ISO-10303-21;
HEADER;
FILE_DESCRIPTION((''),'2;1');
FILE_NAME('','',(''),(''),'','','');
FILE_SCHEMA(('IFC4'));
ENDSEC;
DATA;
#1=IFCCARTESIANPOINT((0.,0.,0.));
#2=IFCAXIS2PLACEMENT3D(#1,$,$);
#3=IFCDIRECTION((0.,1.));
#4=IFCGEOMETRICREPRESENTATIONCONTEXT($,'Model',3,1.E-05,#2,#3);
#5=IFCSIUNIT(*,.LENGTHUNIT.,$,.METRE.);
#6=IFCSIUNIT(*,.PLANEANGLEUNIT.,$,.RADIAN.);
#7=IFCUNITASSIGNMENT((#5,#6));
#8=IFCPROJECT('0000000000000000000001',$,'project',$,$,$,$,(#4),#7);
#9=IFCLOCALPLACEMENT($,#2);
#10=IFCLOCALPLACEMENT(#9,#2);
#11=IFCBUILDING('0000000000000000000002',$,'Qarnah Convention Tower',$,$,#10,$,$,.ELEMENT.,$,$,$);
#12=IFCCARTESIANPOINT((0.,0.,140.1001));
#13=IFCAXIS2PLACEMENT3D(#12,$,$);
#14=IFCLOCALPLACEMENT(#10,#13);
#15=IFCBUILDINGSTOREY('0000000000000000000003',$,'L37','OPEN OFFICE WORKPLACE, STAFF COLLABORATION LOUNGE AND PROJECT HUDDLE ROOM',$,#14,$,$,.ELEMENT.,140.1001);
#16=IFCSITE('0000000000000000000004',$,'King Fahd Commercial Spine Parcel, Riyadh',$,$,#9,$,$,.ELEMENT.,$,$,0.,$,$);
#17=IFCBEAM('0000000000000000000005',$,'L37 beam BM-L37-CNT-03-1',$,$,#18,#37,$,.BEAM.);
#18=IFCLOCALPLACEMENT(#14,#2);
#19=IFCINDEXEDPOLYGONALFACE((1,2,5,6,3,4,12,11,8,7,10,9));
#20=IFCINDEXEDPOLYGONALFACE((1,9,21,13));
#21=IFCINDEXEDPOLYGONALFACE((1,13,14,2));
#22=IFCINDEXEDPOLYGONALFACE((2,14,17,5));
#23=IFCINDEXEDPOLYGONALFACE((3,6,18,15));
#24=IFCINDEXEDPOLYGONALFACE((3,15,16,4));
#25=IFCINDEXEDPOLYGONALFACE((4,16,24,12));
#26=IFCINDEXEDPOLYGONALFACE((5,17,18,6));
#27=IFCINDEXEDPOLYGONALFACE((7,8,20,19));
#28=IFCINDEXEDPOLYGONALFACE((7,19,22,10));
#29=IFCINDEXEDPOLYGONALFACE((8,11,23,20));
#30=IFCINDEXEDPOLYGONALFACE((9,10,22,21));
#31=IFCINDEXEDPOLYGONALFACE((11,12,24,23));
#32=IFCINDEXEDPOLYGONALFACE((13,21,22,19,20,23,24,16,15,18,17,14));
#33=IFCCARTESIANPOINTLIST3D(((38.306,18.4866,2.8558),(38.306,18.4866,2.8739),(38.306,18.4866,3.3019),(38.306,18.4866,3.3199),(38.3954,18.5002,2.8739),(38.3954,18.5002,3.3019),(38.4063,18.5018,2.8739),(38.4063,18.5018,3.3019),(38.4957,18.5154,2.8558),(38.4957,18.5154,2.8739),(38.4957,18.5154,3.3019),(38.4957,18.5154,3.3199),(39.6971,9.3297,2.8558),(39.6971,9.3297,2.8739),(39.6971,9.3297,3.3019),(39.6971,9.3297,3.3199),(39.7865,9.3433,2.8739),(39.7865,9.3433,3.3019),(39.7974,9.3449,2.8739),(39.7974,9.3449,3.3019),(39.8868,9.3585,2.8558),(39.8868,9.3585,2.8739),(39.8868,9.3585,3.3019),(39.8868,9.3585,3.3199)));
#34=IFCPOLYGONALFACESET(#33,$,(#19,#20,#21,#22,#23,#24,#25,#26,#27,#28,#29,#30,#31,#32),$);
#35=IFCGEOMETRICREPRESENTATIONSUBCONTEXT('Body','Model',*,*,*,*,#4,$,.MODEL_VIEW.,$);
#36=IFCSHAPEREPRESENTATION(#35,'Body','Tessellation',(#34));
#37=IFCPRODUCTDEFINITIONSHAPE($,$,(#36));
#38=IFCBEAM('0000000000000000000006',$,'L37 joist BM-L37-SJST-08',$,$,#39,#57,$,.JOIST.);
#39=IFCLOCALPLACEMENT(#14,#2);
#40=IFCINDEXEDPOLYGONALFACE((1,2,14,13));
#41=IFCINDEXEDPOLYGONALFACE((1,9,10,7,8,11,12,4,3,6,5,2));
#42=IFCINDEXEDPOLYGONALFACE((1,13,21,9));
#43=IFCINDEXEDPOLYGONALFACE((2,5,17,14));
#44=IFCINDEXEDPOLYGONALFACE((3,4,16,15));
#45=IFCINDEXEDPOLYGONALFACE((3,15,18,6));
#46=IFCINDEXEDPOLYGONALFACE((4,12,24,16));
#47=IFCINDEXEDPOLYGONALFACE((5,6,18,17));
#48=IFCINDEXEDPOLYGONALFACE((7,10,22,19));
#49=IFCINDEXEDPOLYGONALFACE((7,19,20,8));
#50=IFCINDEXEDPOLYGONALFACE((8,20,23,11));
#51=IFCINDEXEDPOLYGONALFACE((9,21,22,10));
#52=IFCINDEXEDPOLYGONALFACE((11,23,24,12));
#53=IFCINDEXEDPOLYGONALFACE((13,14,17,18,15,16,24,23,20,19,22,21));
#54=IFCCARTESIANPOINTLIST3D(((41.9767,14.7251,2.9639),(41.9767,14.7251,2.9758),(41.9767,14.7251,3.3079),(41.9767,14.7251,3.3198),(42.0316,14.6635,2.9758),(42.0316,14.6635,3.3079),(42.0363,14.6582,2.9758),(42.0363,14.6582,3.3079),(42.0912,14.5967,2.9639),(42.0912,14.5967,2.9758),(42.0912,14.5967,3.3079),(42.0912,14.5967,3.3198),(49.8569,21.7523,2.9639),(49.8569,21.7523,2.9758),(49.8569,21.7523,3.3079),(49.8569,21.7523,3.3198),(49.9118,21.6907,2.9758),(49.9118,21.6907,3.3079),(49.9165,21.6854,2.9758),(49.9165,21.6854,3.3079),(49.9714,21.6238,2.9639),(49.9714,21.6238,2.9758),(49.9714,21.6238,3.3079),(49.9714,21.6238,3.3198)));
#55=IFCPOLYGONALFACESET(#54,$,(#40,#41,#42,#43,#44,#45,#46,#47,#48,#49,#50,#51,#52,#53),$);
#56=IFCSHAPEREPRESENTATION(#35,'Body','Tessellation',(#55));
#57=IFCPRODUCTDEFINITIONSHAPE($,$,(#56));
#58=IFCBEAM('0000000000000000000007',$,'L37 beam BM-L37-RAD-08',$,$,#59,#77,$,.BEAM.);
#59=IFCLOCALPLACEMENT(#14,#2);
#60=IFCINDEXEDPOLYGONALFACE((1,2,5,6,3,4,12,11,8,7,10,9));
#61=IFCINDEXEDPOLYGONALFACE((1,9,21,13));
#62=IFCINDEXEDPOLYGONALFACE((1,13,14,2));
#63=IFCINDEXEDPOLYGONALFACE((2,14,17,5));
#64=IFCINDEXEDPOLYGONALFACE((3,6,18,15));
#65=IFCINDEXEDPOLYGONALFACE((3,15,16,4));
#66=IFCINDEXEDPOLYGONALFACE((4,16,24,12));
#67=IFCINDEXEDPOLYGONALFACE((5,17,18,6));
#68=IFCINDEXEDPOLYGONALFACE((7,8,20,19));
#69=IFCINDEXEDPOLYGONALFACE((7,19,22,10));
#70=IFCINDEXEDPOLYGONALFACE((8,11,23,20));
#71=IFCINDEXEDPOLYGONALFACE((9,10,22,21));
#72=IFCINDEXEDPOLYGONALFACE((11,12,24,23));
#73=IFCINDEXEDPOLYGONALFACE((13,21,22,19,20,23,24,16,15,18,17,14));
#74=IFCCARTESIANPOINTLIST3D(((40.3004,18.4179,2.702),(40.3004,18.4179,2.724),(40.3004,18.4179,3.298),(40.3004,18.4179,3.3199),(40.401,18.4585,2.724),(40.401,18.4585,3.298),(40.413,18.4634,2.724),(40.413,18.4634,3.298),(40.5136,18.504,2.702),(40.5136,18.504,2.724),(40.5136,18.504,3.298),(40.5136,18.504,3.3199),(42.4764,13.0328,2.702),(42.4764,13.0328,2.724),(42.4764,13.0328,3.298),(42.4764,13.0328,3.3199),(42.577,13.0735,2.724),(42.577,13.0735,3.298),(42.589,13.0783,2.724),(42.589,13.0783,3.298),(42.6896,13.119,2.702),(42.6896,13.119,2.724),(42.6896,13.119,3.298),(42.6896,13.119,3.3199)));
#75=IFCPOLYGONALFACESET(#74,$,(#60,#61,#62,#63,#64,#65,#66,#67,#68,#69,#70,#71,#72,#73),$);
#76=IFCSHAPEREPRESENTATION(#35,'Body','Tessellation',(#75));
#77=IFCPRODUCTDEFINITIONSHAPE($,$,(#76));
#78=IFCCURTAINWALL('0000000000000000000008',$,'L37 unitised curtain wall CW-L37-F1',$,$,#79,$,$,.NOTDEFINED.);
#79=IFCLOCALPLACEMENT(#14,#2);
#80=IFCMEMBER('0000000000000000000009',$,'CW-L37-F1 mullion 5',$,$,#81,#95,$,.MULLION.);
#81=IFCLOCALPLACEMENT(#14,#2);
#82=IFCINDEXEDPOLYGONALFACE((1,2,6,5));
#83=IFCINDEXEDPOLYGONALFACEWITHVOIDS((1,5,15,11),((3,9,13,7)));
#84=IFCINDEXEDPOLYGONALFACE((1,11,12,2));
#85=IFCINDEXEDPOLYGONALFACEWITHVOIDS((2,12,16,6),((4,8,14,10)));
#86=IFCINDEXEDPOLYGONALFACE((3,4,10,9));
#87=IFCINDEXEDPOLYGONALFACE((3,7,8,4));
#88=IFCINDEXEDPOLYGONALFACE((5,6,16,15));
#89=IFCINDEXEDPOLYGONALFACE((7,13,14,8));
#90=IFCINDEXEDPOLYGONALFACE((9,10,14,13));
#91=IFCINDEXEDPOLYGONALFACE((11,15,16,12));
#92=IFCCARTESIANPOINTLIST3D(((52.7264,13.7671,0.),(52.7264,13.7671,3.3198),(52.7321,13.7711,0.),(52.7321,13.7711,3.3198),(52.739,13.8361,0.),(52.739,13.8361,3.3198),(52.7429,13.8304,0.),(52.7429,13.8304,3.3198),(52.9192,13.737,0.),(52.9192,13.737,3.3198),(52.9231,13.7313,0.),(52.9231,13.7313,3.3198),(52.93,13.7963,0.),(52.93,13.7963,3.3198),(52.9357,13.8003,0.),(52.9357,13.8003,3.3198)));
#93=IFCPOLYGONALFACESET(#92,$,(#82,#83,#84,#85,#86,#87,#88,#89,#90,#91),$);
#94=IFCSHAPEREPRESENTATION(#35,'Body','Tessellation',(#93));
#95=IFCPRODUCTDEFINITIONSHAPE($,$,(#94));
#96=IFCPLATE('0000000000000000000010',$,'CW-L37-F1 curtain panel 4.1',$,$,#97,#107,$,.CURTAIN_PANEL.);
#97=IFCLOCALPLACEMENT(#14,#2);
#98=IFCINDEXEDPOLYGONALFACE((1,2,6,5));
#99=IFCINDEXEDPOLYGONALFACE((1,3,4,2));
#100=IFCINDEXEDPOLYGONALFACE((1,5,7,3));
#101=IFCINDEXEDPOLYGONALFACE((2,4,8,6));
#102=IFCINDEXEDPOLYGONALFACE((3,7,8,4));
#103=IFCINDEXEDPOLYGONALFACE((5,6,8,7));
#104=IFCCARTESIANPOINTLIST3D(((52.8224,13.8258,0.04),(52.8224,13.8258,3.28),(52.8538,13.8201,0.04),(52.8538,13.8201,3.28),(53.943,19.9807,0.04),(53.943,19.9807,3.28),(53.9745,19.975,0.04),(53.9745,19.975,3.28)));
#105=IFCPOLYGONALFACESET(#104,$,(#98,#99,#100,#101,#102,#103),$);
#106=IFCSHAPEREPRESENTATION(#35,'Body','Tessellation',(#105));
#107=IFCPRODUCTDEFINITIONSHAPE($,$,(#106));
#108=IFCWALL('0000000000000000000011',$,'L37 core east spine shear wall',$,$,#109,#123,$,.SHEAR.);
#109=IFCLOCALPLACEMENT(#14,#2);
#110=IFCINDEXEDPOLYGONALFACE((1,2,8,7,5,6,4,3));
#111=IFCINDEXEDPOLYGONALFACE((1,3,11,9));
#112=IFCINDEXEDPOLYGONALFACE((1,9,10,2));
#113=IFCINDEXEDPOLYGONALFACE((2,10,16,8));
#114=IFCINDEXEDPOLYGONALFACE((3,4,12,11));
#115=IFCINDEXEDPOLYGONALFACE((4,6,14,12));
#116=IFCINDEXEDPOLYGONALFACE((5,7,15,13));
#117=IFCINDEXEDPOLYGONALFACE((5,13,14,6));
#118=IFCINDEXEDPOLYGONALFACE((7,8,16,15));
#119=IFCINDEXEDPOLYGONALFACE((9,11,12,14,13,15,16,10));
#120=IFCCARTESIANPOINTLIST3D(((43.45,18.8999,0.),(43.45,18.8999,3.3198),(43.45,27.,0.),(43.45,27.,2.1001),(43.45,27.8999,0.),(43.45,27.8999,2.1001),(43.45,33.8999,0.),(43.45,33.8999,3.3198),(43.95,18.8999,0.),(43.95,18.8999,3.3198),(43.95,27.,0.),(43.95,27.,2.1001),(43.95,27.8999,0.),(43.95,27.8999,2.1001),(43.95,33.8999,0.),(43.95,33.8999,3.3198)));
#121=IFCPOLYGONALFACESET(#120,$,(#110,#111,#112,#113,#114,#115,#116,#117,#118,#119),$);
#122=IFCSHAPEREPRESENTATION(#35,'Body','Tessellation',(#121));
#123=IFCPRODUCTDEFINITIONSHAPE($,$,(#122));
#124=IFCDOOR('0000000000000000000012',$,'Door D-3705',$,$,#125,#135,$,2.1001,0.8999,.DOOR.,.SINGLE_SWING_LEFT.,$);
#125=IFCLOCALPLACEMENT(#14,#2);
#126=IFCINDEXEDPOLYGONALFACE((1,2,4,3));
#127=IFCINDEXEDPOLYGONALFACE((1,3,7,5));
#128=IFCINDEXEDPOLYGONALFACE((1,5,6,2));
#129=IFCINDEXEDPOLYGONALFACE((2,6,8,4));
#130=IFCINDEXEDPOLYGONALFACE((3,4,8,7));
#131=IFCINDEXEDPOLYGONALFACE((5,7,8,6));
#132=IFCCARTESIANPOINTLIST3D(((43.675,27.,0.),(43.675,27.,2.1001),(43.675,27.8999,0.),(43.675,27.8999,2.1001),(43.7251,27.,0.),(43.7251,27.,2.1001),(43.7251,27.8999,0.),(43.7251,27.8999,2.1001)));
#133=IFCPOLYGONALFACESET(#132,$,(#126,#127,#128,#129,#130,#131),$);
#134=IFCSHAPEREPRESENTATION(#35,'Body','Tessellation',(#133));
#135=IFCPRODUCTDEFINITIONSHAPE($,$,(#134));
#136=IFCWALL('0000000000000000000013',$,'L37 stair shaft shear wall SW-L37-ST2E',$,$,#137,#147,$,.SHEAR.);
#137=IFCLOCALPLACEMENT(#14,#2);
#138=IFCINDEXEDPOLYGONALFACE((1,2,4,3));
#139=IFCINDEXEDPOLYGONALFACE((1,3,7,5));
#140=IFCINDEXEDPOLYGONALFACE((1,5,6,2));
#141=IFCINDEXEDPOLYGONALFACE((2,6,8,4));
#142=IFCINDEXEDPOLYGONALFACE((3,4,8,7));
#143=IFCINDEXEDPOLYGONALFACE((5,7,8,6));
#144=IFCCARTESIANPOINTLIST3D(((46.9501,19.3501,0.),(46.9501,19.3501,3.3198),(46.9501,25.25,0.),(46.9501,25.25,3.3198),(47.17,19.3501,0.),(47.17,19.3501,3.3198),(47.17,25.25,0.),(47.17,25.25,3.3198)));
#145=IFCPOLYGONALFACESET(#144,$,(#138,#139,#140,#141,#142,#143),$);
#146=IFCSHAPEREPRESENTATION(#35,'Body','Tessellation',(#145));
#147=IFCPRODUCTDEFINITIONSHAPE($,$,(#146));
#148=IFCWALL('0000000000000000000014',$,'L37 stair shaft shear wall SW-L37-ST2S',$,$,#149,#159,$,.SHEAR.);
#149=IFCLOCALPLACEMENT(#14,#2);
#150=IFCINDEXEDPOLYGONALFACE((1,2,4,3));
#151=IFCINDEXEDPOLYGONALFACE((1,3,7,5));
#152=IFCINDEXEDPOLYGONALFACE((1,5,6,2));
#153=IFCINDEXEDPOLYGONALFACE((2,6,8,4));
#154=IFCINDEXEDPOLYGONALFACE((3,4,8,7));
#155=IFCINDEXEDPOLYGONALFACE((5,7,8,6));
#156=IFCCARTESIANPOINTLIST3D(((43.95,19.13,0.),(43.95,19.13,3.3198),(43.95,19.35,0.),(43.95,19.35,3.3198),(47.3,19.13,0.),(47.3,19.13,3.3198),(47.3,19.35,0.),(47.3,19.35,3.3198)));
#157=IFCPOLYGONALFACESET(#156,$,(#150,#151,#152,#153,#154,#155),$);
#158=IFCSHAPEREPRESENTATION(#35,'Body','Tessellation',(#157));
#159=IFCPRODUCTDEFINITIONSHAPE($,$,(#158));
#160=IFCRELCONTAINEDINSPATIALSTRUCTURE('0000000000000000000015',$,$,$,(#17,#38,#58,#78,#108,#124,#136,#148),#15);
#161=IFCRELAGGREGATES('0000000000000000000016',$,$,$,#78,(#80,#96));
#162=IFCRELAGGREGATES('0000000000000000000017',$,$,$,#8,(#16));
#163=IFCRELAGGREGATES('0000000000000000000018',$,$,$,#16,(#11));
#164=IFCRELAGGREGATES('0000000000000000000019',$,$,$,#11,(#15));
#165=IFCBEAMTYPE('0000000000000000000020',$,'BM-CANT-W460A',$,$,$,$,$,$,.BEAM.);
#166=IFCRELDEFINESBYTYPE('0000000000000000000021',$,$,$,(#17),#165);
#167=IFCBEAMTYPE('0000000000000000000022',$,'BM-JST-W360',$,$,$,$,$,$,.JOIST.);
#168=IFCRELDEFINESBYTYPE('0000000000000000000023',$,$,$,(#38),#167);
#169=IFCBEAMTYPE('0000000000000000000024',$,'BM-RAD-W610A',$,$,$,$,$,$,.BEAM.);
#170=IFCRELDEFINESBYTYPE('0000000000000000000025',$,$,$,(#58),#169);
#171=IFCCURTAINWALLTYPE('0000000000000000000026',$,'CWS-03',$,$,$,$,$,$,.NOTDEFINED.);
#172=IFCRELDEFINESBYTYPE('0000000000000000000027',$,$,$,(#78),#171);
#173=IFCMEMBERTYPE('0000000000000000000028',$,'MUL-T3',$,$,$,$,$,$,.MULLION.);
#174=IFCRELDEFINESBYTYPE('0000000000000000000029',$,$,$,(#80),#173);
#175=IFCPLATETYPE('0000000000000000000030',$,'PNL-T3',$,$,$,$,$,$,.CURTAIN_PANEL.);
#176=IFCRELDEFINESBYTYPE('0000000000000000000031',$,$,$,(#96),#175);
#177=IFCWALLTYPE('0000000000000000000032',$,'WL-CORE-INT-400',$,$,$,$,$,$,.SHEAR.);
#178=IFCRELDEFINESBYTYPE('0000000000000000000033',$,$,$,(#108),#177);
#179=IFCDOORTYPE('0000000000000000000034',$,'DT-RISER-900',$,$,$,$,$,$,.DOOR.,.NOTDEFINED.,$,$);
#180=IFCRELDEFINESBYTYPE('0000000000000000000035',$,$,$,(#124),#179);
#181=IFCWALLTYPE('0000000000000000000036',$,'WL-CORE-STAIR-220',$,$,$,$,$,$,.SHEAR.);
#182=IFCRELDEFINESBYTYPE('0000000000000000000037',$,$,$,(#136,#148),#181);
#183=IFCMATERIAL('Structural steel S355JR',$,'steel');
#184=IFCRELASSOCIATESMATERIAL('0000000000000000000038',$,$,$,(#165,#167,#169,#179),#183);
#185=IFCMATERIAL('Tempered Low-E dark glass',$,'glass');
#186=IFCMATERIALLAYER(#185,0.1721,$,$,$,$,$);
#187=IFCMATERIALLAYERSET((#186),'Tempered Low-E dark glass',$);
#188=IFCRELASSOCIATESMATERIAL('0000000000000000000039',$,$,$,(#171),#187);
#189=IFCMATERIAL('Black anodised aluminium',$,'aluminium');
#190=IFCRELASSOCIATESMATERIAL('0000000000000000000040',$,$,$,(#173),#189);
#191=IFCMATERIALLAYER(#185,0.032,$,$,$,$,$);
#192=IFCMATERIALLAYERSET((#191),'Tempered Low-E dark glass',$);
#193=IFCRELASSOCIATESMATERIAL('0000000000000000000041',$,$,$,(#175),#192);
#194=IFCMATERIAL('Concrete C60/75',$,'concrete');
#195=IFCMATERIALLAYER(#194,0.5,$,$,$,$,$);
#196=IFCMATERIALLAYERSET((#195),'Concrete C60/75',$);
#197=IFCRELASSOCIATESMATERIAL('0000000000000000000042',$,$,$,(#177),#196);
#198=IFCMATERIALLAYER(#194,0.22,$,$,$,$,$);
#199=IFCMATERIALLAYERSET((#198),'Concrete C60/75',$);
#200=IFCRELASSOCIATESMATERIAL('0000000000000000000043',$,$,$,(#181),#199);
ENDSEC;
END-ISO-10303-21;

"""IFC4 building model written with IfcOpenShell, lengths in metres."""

from ifc_helpers import new_model, si_unit, direction, frame, frame_2d, origin, origin_2d, place, context, subcontext, project, spatial, rectangle, hollow_rectangle, i_section, extrude, material, layer, layer_set, material_profile, profile_set, type_object, element, fill, aggregate, save


model = new_model("IFC4")

# Units and contexts
model_context = context("Model", 3, precision=1e-05, world=origin(), true_north=direction((0.0, 1.0)))
body_context = subcontext(model_context, "Body", "Model", "MODEL_VIEW")
ifc_project = project(units=[si_unit("LENGTHUNIT", "METRE"), si_unit("PLANEANGLEUNIT", "RADIAN")], contexts=[model_context])

# Site, building, storey
site_placement = place(None, origin())
site = spatial("IfcSite", under=ifc_project, at=site_placement, Name="King Fahd Commercial Spine Parcel, Riyadh", CompositionType="ELEMENT", RefElevation=0.0)
building_placement = place(site_placement, origin())
building = spatial("IfcBuilding", under=site, at=building_placement, Name="Qarnah Convention Tower", CompositionType="ELEMENT")
storey_placement = place(building_placement, frame((0.0, 0.0, 140.1001)))
storey = spatial("IfcBuildingStorey", under=building, at=storey_placement, Name="L37", Description="OPEN OFFICE WORKPLACE, STAFF COLLABORATION LOUNGE AND PROJECT HUDDLE ROOM", CompositionType="ELEMENT", Elevation=140.1001)

# Beams
ifc_material_1 = material(Name="Structural steel S355JR", Category="steel")
ifc_material_profile_1 = material_profile(ifc_material_1, i_section(OverallWidth=0.1919, OverallDepth=0.4641, WebThickness=0.011, FlangeThickness=0.0181, at=origin_2d()), Name="W460X89")
ifc_profile_set_1 = profile_set([ifc_material_profile_1], Name="Structural steel S355JR")
beam_type_1 = type_object("IfcBeamType", Name="BM-CANT-W460A", PredefinedType="BEAM", material=ifc_profile_set_1)
beam_1_placement = place(storey_placement, frame((38.4009, 18.501, 3.0879), z_axis=(0.150195, -0.988656, 0.0), x_axis=(0.988656, 0.150195, 0.0)))
element("IfcBeam", 1, at=beam_1_placement, inside=storey, type_object=beam_type_1, Name="L37 beam BM-L37-CNT-03-1", PredefinedType="BEAM", context=body_context, shape_type="SweptSolid", body=[
    extrude(i_section(OverallWidth=0.1919, OverallDepth=0.4641, WebThickness=0.011, FlangeThickness=0.0181, at=origin_2d()), origin(), (0.0, 0.0, 1.0), 9.262),
])
ifc_material_profile_2 = material_profile(ifc_material_1, i_section(OverallWidth=0.1721, OverallDepth=0.356, WebThickness=0.0071, FlangeThickness=0.012, at=origin_2d()), Name="W360X51")
ifc_profile_set_2 = profile_set([ifc_material_profile_2], Name="Structural steel S355JR")
beam_type_2 = type_object("IfcBeamType", Name="BM-JST-W360", PredefinedType="JOIST", material=ifc_profile_set_2)
beam_2_placement = place(storey_placement, frame((42.0339, 14.6609, 3.1418), z_axis=(0.746348, 0.665556, 0.0), x_axis=(-0.665556, 0.746348, 0.0)))
element("IfcBeam", 2, at=beam_2_placement, inside=storey, type_object=beam_type_2, Name="L37 joist BM-L37-SJST-08", PredefinedType="JOIST", context=body_context, shape_type="SweptSolid", body=[
    extrude(i_section(OverallWidth=0.1721, OverallDepth=0.356, WebThickness=0.0071, FlangeThickness=0.012, at=origin_2d()), origin(), (0.0, 0.0, 1.0), 10.5583),
])
ifc_material_profile_3 = material_profile(ifc_material_1, i_section(OverallWidth=0.23, OverallDepth=0.6179, WebThickness=0.0129, FlangeThickness=0.022, at=origin_2d()), Name="W610X140")
ifc_profile_set_3 = profile_set([ifc_material_profile_3], Name="Structural steel S355JR")
beam_type_3 = type_object("IfcBeamType", Name="BM-RAD-W610A", PredefinedType="BEAM", material=ifc_profile_set_3)
beam_3_placement = place(storey_placement, frame((40.407, 18.4609, 3.011), z_axis=(0.374657, -0.927164, 0.0), x_axis=(0.927164, 0.374657, 0.0)))
element("IfcBeam", 3, at=beam_3_placement, inside=storey, type_object=beam_type_3, Name="L37 beam BM-L37-RAD-08", PredefinedType="BEAM", context=body_context, shape_type="SweptSolid", body=[
    extrude(i_section(OverallWidth=0.23, OverallDepth=0.6179, WebThickness=0.0129, FlangeThickness=0.022, at=origin_2d()), origin(), (0.0, 0.0, 1.0), 5.8081),
])

# Curtain wall, member, plate
ifc_material_2 = material(Name="Tempered Low-E dark glass", Category="glass")
ifc_layer_1 = layer(ifc_material_2, 0.1721)
ifc_layer_set_1 = layer_set([ifc_layer_1], Name="Tempered Low-E dark glass")
curtain_wall_type = type_object("IfcCurtainWallType", Name="CWS-03", PredefinedType="NOTDEFINED", material=ifc_layer_set_1)
curtain_wall_placement = place(storey_placement, origin())
curtain_wall = element("IfcCurtainWall", 4, at=curtain_wall_placement, inside=storey, type_object=curtain_wall_type, Name="L37 unitised curtain wall CW-L37-F1", PredefinedType="NOTDEFINED")
ifc_material_3 = material(Name="Black anodised aluminium", Category="aluminium")
ifc_material_profile_4 = material_profile(ifc_material_3, hollow_rectangle(XDim=0.0701, YDim=0.2, WallThickness=0.0049, at=origin_2d()), Name="MUL-70X200")
ifc_profile_set_4 = profile_set([ifc_material_profile_4], Name="Black anodised aluminium")
member_type = type_object("IfcMemberType", Name="MUL-T3", PredefinedType="MULLION", material=ifc_profile_set_4)
member_placement = place(storey_placement, frame((52.8311, 13.7837, 0.0), z_axis=(0.0, 0.0, 1.0), x_axis=(-0.179133, -0.983825, 0.0)))
member = element("IfcMember", 5, at=member_placement, type_object=member_type, Name="CW-L37-F1 mullion 5", PredefinedType="MULLION", context=body_context, shape_type="SweptSolid", body=[
    extrude(hollow_rectangle(XDim=0.0701, YDim=0.2, WallThickness=0.0049, at=origin_2d()), origin(), (0.0, 0.0, 1.0), 3.3198),
])
ifc_layer_2 = layer(ifc_material_2, 0.032)
ifc_layer_set_2 = layer_set([ifc_layer_2], Name="Tempered Low-E dark glass")
plate_type = type_object("IfcPlateType", Name="PNL-T3", PredefinedType="CURTAIN_PANEL", material=ifc_layer_set_2)
plate_placement = place(storey_placement, frame((53.3984, 16.9004, 0.04), z_axis=(0.0, 0.0, 1.0), x_axis=(-0.179133, -0.983825, 0.0)))
plate = element("IfcPlate", 6, at=plate_placement, type_object=plate_type, Name="CW-L37-F1 curtain panel 4.1", PredefinedType="CURTAIN_PANEL", context=body_context, shape_type="SweptSolid", body=[
    extrude(rectangle(XDim=6.2561, YDim=0.032, at=origin_2d()), origin(), (0.0, 0.0, 1.0), 3.24),
])
aggregate(curtain_wall, [member, plate])

# Shared definitions
ifc_material_4 = material(Name="Concrete C60/75", Category="concrete")
door_type_1 = type_object("IfcDoorType", Name="DT-RISER-900", OperationType="NOTDEFINED", PredefinedType="DOOR", material=ifc_material_1)

# Wall, opening, door
ifc_layer_3 = layer(ifc_material_4, 0.5)
ifc_layer_set_3 = layer_set([ifc_layer_3], Name="Concrete C60/75")
wall_type_1 = type_object("IfcWallType", Name="WL-CORE-INT-400", PredefinedType="SHEAR", material=ifc_layer_set_3)
wall_1_placement = place(storey_placement, frame((43.7, 18.8999, 0.0), z_axis=(0.0, 0.0, 1.0), x_axis=(0.0, 1.0, 0.0)))
wall_1 = element("IfcWall", 7, at=wall_1_placement, inside=storey, type_object=wall_type_1, Name="L37 core east spine shear wall", PredefinedType="SHEAR", context=body_context, shape_type="SweptSolid", body=[
    extrude(rectangle(XDim=15.0, YDim=0.5, at=frame_2d((7.5, 0.0))), origin(), (0.0, 0.0, 1.0), 3.3198),
])
opening_1_placement = place(wall_1_placement, frame((8.1001, 0.0, 0.0)))
opening_1 = element("IfcOpeningElement", 8, at=opening_1_placement, cuts=wall_1, PredefinedType="OPENING", context=body_context, shape_type="SweptSolid", body=[
    extrude(rectangle(XDim=0.8999, YDim=2.1001, at=frame_2d((0.45, 1.05))), frame((0.0, 0.26, 0.0), z_axis=(0.0, -1.0, 0.0), x_axis=(1.0, 0.0, 0.0)), (0.0, 0.0, 1.0), 0.52),
])
door_1_placement = place(opening_1_placement, origin())
door_1 = element("IfcDoor", 9, at=door_1_placement, inside=storey, type_object=door_type_1, Name="Door D-3705", OperationType="SINGLE_SWING_LEFT", OverallHeight=2.1001, OverallWidth=0.8999, PredefinedType="DOOR", context=body_context, shape_type="SweptSolid", body=[
    extrude(rectangle(XDim=0.8999, YDim=2.1001, at=frame_2d((0.45, 1.05))), frame((0.0, 0.0249, 0.0), z_axis=(0.0, -1.0, 0.0), x_axis=(1.0, 0.0, 0.0)), (0.0, 0.0, 1.0), 0.05),
])
fill(opening_1, door_1)

# Walls
ifc_layer_4 = layer(ifc_material_4, 0.22)
ifc_layer_set_4 = layer_set([ifc_layer_4], Name="Concrete C60/75")
wall_type_2 = type_object("IfcWallType", Name="WL-CORE-STAIR-220", PredefinedType="SHEAR", material=ifc_layer_set_4)
wall_2_placement = place(storey_placement, frame((47.0601, 19.3501, 0.0), z_axis=(0.0, 0.0, 1.0), x_axis=(0.0, 1.0, 0.0)))
element("IfcWall", 10, at=wall_2_placement, inside=storey, type_object=wall_type_2, Name="L37 stair shaft shear wall SW-L37-ST2E", PredefinedType="SHEAR", context=body_context, shape_type="SweptSolid", body=[
    extrude(rectangle(XDim=5.8999, YDim=0.22, at=frame_2d((2.95, 0.0))), origin(), (0.0, 0.0, 1.0), 3.3198),
])
wall_3_placement = place(storey_placement, frame((43.95, 19.24, 0.0), z_axis=(0.0, 0.0, 1.0), x_axis=(1.0, 0.0, 0.0)))
element("IfcWall", 11, at=wall_3_placement, inside=storey, type_object=wall_type_2, Name="L37 stair shaft shear wall SW-L37-ST2S", PredefinedType="SHEAR", context=body_context, shape_type="SweptSolid", body=[
    extrude(rectangle(XDim=3.3501, YDim=0.22, at=frame_2d((1.675, 0.0))), origin(), (0.0, 0.0, 1.0), 3.3198),
])

save(model, "model.ifc")
